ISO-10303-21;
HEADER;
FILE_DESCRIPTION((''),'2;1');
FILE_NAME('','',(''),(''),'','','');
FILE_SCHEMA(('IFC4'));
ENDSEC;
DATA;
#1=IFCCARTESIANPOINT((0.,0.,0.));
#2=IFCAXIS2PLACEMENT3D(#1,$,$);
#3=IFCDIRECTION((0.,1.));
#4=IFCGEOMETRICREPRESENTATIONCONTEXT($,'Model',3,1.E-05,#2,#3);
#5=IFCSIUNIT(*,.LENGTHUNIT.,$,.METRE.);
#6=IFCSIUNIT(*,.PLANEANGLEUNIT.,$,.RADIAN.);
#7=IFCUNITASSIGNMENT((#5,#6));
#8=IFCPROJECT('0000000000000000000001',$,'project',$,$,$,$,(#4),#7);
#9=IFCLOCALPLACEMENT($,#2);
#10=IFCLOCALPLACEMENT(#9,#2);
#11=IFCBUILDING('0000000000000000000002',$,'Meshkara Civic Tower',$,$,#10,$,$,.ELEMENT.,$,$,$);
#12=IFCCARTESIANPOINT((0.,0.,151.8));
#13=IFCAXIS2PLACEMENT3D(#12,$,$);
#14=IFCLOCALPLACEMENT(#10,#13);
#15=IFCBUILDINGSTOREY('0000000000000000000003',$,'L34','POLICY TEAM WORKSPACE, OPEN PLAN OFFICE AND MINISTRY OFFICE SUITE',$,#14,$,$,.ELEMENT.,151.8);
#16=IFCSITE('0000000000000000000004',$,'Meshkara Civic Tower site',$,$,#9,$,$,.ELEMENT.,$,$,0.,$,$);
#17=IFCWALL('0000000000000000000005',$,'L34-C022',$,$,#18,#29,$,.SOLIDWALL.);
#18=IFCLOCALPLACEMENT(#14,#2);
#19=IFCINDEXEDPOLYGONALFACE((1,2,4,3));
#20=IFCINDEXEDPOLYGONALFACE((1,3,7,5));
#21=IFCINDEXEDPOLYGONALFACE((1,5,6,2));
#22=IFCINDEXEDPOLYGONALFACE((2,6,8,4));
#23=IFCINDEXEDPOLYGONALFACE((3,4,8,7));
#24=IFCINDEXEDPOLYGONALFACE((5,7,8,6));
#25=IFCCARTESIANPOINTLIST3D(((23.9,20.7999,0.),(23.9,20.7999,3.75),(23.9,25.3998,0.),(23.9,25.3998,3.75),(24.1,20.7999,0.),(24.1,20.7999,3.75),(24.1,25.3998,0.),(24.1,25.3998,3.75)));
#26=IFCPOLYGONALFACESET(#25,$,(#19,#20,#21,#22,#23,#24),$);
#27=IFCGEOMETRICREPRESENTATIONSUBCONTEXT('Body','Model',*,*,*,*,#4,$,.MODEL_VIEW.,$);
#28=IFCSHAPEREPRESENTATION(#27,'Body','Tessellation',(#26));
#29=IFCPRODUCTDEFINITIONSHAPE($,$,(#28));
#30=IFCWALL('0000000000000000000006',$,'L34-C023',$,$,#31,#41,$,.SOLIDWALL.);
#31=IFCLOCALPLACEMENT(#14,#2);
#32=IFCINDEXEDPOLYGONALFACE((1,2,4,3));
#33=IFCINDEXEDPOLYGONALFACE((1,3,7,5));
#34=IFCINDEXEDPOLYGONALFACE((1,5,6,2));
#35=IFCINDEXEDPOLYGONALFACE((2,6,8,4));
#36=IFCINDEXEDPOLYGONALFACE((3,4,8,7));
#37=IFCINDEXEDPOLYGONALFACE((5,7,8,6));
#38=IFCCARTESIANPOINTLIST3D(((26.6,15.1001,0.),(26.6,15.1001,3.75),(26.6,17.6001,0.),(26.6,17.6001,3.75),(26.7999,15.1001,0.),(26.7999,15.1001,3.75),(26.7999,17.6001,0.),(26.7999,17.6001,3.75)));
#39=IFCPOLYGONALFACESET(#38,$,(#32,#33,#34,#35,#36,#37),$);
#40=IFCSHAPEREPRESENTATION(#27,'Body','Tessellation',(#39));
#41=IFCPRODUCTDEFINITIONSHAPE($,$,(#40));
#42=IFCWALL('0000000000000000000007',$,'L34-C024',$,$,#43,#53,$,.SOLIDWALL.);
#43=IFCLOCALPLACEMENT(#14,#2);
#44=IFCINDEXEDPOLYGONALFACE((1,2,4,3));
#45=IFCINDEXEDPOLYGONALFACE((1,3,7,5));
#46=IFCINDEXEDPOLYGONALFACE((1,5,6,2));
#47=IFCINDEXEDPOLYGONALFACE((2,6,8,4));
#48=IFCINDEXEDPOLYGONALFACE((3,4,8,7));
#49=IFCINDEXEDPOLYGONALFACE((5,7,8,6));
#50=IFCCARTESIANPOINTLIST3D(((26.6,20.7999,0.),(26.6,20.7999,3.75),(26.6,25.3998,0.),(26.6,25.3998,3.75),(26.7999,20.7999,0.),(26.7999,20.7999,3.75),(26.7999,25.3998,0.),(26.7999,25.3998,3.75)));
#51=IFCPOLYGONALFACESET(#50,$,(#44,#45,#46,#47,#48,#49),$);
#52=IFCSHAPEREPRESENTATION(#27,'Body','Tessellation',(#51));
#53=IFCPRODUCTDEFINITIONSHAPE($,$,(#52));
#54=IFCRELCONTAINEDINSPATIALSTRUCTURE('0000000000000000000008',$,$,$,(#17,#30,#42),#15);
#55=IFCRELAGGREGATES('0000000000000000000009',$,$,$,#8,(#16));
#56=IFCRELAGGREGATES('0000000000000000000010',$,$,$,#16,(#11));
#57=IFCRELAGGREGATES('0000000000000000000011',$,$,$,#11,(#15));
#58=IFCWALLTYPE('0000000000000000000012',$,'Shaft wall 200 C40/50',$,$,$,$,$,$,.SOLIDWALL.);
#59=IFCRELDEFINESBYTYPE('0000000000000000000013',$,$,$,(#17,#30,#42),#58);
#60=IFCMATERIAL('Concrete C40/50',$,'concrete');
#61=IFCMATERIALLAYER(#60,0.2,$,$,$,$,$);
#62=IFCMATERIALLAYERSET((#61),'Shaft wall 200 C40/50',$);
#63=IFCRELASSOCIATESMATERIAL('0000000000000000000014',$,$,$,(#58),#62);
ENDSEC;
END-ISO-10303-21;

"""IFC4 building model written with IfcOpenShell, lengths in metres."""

from ifc_helpers import new_model, si_unit, direction, frame, frame_2d, origin, place, context, subcontext, project, spatial, rectangle, extrude, material, layer, layer_set, type_object, element, save


model = new_model("IFC4")

# Units and contexts
model_context = context("Model", 3, precision=1e-05, world=origin(), true_north=direction((0.0, 1.0)))
body_context = subcontext(model_context, "Body", "Model", "MODEL_VIEW")
ifc_project = project(units=[si_unit("LENGTHUNIT", "METRE"), si_unit("PLANEANGLEUNIT", "RADIAN")], contexts=[model_context])

# Site, building, storey
site_placement = place(None, origin())
site = spatial("IfcSite", under=ifc_project, at=site_placement, Name="Meshkara Civic Tower site", CompositionType="ELEMENT", RefElevation=0.0)
building_placement = place(site_placement, origin())
building = spatial("IfcBuilding", under=site, at=building_placement, Name="Meshkara Civic Tower", CompositionType="ELEMENT")
storey_placement = place(building_placement, frame((0.0, 0.0, 151.8)))
storey = spatial("IfcBuildingStorey", under=building, at=storey_placement, Name="L34", Description="POLICY TEAM WORKSPACE, OPEN PLAN OFFICE AND MINISTRY OFFICE SUITE", CompositionType="ELEMENT", Elevation=151.8)

# Shared definitions
ifc_material_1 = material(Name="Concrete C40/50", Category="concrete")
ifc_layer_1 = layer(ifc_material_1, 0.2)
ifc_layer_set_1 = layer_set([ifc_layer_1], Name="Shaft wall 200 C40/50")
wall_type_1 = type_object("IfcWallType", Name="Shaft wall 200 C40/50", PredefinedType="SOLIDWALL", material=ifc_layer_set_1)

# Walls
wall_1_placement = place(storey_placement, frame((24.0, 20.8, 0.0), z_axis=(0.0, 0.0, 1.0), x_axis=(0.0, 1.0, 0.0)))
element("IfcWall", 1, at=wall_1_placement, inside=storey, type_object=wall_type_1, Name="L34-C022", PredefinedType="SOLIDWALL", context=body_context, shape_type="SweptSolid", body=[
    extrude(rectangle(XDim=4.5999, YDim=0.2, at=frame_2d((2.2998, 0.0))), origin(), (0.0, 0.0, 1.0), 3.75),
])
wall_2_placement = place(storey_placement, frame((26.7, 15.1001, 0.0), z_axis=(0.0, 0.0, 1.0), x_axis=(0.0, 1.0, 0.0)))
element("IfcWall", 2, at=wall_2_placement, inside=storey, type_object=wall_type_1, Name="L34-C023", PredefinedType="SOLIDWALL", context=body_context, shape_type="SweptSolid", body=[
    extrude(rectangle(XDim=2.5, YDim=0.2, at=frame_2d((1.25, 0.0))), origin(), (0.0, 0.0, 1.0), 3.75),
])
wall_3_placement = place(storey_placement, frame((26.7, 20.8, 0.0), z_axis=(0.0, 0.0, 1.0), x_axis=(0.0, 1.0, 0.0)))
element("IfcWall", 3, at=wall_3_placement, inside=storey, type_object=wall_type_1, Name="L34-C024", PredefinedType="SOLIDWALL", context=body_context, shape_type="SweptSolid", body=[
    extrude(rectangle(XDim=4.5999, YDim=0.2, at=frame_2d((2.2998, 0.0))), origin(), (0.0, 0.0, 1.0), 3.75),
])

save(model, "model.ifc")
